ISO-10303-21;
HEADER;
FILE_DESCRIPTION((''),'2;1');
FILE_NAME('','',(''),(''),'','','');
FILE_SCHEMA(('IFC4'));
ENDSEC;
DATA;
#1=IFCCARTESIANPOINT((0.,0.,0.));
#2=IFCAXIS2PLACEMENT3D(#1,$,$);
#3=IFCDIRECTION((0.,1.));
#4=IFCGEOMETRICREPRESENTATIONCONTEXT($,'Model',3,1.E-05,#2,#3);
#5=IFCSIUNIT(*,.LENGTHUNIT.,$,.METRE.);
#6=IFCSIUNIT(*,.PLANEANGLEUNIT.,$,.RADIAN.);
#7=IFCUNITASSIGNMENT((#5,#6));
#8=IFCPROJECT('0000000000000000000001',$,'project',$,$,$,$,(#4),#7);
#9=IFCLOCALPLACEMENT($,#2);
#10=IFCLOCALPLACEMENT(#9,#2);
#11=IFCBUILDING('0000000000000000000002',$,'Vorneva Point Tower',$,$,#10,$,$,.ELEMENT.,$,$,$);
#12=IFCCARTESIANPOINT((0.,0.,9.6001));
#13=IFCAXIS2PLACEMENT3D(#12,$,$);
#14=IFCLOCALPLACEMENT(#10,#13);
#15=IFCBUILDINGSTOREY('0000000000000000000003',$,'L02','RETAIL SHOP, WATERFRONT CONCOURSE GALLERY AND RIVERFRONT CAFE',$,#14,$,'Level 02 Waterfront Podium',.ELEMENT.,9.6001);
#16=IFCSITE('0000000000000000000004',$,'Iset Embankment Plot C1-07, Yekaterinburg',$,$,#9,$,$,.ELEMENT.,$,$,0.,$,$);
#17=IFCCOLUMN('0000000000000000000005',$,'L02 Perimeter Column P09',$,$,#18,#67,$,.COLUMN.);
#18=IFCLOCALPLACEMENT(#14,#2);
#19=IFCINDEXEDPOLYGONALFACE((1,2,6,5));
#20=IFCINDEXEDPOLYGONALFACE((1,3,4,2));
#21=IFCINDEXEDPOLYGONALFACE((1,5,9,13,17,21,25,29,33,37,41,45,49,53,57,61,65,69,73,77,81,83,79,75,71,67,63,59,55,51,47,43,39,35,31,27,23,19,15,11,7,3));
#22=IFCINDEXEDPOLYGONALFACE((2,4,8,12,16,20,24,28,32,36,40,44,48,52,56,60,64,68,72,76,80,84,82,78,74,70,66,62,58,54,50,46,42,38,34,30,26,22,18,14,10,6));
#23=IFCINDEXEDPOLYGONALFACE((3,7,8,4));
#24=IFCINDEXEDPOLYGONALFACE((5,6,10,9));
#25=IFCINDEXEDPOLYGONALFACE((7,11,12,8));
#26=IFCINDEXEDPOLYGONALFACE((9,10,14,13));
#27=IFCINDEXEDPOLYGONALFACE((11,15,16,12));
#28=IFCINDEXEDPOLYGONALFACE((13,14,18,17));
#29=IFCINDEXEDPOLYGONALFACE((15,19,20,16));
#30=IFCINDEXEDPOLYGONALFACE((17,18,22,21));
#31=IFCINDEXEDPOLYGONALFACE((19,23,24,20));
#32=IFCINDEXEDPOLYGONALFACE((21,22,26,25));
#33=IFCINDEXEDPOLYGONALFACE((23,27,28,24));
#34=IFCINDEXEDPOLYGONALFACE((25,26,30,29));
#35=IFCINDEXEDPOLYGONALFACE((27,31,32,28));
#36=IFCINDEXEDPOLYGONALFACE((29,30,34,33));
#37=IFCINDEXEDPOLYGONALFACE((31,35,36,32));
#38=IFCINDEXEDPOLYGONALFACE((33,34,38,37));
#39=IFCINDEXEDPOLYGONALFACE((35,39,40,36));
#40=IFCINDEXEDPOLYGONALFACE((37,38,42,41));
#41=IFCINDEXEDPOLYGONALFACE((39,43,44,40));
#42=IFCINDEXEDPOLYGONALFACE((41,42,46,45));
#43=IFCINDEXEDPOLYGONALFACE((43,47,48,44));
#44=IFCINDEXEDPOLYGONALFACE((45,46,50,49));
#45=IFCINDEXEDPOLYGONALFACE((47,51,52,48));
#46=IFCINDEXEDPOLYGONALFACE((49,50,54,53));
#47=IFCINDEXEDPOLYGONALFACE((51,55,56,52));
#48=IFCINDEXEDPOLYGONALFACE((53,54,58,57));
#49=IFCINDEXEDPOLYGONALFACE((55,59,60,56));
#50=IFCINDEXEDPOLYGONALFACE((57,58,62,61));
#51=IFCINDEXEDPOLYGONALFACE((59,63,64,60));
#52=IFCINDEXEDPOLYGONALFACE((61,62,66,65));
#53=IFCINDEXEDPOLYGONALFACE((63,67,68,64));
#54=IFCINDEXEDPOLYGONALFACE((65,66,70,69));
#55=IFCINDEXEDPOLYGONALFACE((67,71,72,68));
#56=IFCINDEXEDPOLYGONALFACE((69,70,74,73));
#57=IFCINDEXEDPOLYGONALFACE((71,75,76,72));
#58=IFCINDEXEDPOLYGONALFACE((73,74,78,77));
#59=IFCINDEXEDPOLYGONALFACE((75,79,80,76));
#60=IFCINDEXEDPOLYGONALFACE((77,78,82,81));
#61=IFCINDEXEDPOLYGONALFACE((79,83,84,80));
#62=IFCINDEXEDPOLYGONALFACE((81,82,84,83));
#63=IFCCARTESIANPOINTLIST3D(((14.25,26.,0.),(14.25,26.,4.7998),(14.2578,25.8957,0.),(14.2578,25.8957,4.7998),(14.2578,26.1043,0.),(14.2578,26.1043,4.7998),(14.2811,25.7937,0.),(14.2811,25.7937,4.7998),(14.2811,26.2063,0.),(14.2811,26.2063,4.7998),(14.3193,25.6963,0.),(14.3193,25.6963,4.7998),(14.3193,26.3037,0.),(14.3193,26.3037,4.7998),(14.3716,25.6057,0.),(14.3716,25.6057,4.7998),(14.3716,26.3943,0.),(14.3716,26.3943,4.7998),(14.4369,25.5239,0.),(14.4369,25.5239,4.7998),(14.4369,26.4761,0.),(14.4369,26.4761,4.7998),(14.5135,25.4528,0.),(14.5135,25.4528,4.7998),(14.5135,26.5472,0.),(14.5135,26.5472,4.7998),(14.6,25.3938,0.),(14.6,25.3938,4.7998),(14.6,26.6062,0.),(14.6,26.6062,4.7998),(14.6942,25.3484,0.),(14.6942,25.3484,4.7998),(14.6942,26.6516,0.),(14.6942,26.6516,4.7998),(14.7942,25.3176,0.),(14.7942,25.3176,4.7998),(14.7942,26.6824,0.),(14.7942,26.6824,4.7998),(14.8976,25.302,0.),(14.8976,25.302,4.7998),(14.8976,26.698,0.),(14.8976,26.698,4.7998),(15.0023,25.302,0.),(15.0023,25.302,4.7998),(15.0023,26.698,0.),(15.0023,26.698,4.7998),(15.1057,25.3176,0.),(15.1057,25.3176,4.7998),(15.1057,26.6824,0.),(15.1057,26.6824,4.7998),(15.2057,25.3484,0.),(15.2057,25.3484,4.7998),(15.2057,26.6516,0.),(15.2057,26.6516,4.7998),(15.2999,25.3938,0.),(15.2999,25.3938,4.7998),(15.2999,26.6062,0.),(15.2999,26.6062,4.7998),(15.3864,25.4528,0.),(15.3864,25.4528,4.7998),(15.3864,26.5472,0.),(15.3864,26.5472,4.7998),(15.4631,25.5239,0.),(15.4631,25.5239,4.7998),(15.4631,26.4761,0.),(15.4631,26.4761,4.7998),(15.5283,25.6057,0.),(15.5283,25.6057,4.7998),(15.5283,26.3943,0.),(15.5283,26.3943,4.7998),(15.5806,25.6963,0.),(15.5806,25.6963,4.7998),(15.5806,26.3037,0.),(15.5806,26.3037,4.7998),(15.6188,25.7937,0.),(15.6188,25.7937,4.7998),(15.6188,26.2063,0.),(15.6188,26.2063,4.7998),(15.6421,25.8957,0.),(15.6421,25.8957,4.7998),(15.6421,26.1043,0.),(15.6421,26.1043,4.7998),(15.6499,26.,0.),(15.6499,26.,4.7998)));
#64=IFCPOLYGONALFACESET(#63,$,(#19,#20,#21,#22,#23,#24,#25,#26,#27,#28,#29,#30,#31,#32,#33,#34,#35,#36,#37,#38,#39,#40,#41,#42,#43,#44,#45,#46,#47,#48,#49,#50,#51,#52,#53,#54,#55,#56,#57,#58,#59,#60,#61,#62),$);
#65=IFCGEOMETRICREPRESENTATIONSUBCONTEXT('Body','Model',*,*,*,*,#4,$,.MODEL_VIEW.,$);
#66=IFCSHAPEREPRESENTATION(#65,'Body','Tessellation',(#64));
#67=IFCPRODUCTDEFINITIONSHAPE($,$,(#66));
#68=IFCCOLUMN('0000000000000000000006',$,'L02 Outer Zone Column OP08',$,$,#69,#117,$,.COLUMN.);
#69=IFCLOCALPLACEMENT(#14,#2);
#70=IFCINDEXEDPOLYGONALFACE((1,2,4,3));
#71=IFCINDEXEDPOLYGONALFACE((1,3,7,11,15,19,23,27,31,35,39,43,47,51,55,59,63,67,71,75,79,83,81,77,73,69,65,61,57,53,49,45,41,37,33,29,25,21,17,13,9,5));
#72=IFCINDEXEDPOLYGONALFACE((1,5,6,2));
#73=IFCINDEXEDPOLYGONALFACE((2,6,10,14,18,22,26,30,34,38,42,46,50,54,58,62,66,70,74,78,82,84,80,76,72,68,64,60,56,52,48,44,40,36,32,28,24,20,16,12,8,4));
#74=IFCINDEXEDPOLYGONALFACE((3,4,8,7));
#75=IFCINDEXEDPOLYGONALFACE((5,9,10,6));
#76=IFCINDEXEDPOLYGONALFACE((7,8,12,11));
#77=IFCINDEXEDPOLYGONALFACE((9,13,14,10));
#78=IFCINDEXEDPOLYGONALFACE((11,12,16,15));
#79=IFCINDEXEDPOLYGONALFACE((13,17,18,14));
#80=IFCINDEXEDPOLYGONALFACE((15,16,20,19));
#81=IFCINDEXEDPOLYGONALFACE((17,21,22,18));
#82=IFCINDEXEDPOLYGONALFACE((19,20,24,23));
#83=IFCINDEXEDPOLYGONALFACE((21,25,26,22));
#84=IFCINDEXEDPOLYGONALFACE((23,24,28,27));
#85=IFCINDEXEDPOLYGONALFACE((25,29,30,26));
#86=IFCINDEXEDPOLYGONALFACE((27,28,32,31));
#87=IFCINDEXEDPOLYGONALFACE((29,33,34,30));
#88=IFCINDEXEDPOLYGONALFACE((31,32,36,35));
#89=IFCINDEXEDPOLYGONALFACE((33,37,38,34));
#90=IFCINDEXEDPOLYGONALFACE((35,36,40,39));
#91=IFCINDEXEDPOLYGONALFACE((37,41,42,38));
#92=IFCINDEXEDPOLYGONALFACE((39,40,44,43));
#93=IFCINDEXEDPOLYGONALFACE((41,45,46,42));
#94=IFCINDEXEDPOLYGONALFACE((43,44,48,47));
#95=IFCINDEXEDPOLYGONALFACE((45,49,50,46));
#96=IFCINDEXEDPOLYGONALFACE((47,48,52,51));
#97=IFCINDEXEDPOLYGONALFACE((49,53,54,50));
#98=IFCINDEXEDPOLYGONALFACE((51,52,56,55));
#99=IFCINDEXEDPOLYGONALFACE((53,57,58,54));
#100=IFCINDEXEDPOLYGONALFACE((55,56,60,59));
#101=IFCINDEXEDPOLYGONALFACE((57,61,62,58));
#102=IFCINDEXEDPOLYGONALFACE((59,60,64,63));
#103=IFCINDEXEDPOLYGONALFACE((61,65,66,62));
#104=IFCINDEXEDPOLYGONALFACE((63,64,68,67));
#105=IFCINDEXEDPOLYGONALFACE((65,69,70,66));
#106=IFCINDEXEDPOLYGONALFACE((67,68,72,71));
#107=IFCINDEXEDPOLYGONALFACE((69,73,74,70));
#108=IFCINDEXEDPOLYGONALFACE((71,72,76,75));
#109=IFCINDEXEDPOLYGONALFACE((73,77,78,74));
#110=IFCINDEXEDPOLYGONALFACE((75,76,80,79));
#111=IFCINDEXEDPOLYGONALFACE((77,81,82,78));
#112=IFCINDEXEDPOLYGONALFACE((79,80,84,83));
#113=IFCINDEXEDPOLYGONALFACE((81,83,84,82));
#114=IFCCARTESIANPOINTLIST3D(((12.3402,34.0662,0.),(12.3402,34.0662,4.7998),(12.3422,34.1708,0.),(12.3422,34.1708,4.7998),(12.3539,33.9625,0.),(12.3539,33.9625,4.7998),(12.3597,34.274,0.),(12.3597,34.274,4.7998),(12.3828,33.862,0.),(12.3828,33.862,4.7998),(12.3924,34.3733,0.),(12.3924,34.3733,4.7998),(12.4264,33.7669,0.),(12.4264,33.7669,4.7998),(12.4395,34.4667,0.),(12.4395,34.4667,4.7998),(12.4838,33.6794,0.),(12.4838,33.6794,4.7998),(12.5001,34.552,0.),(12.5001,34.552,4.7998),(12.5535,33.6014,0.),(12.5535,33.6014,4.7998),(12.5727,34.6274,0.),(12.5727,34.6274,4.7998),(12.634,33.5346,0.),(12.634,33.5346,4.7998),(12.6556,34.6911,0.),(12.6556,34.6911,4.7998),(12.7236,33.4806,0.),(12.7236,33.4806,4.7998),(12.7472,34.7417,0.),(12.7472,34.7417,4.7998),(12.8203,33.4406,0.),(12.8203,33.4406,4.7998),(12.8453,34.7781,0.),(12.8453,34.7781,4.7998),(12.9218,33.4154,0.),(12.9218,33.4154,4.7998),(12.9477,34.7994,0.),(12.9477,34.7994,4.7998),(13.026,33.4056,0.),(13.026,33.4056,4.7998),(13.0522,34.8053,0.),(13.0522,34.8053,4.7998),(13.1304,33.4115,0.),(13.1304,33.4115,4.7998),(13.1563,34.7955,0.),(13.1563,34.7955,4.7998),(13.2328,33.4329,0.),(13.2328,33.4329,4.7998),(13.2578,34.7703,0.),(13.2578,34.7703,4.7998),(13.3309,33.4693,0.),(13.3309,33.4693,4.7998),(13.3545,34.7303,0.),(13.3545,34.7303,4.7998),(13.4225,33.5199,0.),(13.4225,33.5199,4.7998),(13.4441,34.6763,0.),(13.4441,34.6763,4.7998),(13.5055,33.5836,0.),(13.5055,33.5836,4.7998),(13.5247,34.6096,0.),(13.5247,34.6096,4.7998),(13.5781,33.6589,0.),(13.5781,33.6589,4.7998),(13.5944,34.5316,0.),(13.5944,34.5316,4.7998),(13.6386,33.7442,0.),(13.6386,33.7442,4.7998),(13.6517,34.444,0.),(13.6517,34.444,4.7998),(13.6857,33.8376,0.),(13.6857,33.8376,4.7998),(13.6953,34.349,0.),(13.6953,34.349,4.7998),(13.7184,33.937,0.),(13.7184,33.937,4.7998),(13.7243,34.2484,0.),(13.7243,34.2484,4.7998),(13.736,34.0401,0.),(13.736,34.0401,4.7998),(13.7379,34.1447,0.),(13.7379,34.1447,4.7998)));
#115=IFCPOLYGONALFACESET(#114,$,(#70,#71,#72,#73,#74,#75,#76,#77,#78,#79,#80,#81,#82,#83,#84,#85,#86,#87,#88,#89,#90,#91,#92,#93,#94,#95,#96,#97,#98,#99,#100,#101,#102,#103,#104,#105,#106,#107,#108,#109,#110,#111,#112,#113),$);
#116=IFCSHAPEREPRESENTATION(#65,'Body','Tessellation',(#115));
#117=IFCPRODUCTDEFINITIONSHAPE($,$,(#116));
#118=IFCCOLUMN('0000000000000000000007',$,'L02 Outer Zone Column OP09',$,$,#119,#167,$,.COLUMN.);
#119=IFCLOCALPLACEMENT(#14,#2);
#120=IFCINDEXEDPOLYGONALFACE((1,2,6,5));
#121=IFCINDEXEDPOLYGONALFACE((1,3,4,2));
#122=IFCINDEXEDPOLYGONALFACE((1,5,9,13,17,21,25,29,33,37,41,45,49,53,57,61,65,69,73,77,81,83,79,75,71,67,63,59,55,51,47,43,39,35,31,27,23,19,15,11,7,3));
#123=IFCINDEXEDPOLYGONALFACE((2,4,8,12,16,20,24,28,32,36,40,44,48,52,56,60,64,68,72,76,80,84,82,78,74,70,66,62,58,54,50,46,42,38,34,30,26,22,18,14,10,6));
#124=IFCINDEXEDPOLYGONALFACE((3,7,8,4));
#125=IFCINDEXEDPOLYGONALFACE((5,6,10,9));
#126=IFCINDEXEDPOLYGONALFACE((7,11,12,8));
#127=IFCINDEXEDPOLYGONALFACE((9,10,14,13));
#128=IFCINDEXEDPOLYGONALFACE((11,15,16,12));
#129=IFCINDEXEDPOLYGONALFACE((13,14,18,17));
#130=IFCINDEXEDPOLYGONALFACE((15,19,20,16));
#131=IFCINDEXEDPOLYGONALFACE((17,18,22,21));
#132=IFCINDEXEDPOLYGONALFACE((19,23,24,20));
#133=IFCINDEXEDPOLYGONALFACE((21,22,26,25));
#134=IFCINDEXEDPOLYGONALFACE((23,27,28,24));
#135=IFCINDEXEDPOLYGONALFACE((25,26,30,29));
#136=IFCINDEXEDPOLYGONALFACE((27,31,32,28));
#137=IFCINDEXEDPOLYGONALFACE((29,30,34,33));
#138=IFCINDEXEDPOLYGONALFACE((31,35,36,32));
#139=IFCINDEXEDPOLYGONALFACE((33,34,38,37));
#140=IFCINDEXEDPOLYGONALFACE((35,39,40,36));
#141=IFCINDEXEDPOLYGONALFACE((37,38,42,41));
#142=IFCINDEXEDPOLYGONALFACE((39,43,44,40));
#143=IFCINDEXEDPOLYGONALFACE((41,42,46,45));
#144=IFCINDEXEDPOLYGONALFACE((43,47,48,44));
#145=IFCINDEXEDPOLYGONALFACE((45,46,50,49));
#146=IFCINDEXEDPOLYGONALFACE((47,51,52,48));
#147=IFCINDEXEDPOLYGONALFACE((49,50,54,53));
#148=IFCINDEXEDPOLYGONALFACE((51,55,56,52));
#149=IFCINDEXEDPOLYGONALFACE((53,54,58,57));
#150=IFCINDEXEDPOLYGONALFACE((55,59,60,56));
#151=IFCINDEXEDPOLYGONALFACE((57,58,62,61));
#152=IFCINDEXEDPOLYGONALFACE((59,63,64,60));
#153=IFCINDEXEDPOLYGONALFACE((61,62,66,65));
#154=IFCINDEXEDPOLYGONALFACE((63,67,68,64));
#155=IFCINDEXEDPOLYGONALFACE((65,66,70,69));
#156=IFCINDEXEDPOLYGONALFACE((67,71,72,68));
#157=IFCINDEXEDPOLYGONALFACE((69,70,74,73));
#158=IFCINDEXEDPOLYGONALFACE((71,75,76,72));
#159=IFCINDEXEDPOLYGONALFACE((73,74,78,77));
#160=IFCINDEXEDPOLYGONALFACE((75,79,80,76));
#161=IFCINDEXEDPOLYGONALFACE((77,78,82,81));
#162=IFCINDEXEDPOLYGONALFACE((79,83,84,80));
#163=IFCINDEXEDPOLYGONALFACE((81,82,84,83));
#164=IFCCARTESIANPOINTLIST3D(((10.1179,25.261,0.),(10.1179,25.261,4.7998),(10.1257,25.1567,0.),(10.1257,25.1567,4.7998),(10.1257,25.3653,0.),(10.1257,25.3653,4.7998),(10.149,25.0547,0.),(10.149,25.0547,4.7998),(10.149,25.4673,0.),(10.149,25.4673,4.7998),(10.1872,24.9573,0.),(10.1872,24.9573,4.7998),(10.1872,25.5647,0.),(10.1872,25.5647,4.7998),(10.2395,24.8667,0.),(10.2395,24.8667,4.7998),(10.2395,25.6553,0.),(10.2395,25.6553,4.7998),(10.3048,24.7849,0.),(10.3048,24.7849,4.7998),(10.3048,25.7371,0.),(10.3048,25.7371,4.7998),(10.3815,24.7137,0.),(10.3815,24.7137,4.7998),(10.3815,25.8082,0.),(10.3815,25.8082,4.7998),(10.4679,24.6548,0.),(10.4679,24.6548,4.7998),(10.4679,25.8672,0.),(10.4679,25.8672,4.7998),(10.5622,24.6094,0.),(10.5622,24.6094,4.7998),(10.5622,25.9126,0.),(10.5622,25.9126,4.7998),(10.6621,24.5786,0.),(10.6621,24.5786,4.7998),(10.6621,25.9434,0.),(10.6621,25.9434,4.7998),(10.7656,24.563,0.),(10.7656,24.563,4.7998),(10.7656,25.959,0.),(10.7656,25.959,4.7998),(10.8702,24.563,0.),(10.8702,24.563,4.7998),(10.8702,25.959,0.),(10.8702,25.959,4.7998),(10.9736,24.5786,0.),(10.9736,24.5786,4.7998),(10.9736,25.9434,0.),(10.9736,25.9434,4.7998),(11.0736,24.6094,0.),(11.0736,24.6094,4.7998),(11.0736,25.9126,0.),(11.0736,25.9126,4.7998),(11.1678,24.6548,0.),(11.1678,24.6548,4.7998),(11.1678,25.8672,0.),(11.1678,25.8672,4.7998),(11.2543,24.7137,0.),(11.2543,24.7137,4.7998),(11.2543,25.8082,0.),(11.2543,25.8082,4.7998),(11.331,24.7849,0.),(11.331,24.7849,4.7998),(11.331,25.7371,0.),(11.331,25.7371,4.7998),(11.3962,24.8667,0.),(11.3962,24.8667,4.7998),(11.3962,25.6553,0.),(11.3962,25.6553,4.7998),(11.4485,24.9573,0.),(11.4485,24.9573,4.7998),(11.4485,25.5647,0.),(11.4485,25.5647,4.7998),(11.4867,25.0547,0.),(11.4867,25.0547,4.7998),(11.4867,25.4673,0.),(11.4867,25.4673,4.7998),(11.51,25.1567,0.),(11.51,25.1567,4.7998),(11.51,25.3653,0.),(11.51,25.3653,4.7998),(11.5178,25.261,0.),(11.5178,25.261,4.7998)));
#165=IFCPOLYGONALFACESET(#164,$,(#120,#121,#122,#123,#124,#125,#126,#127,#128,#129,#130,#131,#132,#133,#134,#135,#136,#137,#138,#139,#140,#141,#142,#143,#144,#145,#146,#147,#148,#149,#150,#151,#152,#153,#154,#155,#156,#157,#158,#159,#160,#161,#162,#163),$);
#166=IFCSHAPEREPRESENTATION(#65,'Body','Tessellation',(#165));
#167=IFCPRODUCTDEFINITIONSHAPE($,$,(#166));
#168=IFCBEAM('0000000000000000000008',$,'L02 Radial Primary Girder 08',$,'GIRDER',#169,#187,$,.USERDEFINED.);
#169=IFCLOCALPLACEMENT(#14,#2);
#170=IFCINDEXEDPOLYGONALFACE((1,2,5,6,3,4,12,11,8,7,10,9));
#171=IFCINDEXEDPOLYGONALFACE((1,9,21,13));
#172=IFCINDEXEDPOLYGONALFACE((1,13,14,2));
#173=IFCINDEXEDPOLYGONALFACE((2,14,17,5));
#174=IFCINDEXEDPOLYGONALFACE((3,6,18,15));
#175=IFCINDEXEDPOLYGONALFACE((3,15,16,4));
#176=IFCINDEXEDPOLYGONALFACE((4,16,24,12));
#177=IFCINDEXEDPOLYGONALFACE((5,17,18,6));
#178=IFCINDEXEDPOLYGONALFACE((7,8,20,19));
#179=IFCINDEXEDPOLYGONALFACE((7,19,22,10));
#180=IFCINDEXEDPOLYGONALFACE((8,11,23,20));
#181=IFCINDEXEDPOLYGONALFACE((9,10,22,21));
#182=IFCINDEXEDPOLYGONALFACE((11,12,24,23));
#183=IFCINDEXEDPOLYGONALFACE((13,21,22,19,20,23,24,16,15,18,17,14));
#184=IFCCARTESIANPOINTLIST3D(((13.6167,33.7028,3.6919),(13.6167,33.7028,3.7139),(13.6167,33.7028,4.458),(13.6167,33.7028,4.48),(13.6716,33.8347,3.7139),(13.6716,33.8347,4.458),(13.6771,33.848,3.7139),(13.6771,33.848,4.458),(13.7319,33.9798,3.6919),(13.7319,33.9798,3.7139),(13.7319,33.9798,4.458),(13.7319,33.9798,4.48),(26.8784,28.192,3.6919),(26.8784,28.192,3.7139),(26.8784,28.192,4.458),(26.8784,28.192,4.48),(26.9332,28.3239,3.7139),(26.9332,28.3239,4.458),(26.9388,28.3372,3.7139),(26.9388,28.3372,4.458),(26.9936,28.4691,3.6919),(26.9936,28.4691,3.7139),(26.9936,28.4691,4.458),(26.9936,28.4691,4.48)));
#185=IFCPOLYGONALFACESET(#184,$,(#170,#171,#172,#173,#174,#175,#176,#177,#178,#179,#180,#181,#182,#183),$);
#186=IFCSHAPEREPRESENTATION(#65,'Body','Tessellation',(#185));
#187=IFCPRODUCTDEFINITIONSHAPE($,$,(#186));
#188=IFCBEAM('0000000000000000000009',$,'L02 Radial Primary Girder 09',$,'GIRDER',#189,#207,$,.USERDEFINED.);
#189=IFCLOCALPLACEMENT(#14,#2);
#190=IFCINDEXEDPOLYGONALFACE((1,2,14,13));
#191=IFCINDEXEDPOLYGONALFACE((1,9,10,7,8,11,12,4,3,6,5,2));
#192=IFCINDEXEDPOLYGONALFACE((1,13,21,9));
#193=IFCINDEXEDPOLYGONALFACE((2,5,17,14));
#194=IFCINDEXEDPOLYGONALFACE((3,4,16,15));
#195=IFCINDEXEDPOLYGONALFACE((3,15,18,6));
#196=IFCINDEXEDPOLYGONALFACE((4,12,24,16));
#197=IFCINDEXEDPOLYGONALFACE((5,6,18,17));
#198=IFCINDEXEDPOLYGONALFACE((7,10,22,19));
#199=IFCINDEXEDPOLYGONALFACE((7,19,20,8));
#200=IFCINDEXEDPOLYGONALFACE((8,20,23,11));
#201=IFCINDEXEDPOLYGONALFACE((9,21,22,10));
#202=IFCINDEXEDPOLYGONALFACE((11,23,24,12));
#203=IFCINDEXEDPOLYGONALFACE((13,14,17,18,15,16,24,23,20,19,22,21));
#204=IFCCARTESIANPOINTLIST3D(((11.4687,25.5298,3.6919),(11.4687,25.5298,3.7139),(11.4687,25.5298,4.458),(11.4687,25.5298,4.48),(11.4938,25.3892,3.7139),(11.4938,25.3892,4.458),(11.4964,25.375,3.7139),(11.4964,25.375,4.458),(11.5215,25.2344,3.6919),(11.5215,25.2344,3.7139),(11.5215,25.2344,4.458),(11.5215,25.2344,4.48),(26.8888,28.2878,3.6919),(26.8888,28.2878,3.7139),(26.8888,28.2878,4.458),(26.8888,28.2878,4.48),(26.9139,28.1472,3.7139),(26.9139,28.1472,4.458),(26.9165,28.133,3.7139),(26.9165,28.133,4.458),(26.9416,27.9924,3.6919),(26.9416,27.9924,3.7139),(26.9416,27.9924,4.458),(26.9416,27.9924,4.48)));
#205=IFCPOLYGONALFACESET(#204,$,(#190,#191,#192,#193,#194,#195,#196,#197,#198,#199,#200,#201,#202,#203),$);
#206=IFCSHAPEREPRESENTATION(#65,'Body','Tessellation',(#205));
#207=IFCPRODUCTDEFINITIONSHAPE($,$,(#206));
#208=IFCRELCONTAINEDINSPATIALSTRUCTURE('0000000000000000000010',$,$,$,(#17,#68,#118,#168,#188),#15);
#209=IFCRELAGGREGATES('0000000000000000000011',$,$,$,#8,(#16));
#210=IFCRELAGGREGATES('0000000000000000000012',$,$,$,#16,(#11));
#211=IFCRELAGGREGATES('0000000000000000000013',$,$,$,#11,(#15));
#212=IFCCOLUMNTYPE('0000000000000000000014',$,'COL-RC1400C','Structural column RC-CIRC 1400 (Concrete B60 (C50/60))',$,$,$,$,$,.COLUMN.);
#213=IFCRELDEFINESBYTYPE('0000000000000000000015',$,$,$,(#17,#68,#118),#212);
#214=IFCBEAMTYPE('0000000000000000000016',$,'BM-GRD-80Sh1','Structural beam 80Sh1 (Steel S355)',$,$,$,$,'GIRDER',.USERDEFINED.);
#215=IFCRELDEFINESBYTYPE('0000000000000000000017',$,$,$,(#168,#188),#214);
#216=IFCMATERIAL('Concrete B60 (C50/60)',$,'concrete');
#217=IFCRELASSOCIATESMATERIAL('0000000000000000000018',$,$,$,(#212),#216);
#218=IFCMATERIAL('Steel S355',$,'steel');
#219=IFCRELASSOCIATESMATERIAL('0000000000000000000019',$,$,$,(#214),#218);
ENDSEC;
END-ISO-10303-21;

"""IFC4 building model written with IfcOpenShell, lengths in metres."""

from ifc_helpers import new_model, si_unit, direction, frame, origin, origin_2d, place, context, subcontext, project, spatial, circle, i_section, extrude, material, material_profile, profile_set, type_object, element, save


model = new_model("IFC4")

# Units and contexts
model_context = context("Model", 3, precision=1e-05, world=origin(), true_north=direction((0.0, 1.0)))
body_context = subcontext(model_context, "Body", "Model", "MODEL_VIEW")
ifc_project = project(units=[si_unit("LENGTHUNIT", "METRE"), si_unit("PLANEANGLEUNIT", "RADIAN")], contexts=[model_context])

# Site, building, storey
site_placement = place(None, origin())
site = spatial("IfcSite", under=ifc_project, at=site_placement, Name="Iset Embankment Plot C1-07, Yekaterinburg", CompositionType="ELEMENT", RefElevation=0.0)
building_placement = place(site_placement, origin())
building = spatial("IfcBuilding", under=site, at=building_placement, Name="Vorneva Point Tower", CompositionType="ELEMENT")
storey_placement = place(building_placement, frame((0.0, 0.0, 9.6001)))
storey = spatial("IfcBuildingStorey", under=building, at=storey_placement, Name="L02", Description="RETAIL SHOP, WATERFRONT CONCOURSE GALLERY AND RIVERFRONT CAFE", LongName="Level 02 Waterfront Podium", CompositionType="ELEMENT", Elevation=9.6001)

# Columns
ifc_material_1 = material(Name="Concrete B60 (C50/60)", Category="concrete")
ifc_material_profile_1 = material_profile(ifc_material_1, circle(Radius=0.7, at=origin_2d()), Name="RC-CIRC 1400")
ifc_profile_set_1 = profile_set([ifc_material_profile_1], Name="Concrete B60 (C50/60)")
column_type = type_object("IfcColumnType", Name="COL-RC1400C", Description="Structural column RC-CIRC 1400 (Concrete B60 (C50/60))", PredefinedType="COLUMN", material=ifc_profile_set_1)
for number, where, z_axis, x_axis, name in (
    (1, (14.95, 26.0, 0.0), (0.0, 0.0, 1.0), (-1.0, 0.0, 0.0), "L02 Perimeter Column P09"),
    (2, (13.0391, 34.1055, 0.0), (0.0, 0.0, 1.0), (-0.92388, 0.382683, 0.0), "L02 Outer Zone Column OP08"),
    (3, (10.8179, 25.261, 0.0), (0.0, 0.0, 1.0), (-1.0, 0.0, 0.0), "L02 Outer Zone Column OP09"),
):
    element("IfcColumn", number, at=place(storey_placement, frame(where, z_axis=z_axis, x_axis=x_axis)), inside=storey, type_object=column_type, Name=name, PredefinedType="COLUMN", context=body_context, shape_type="SweptSolid", body=[
        extrude(circle(Radius=0.7, at=origin_2d()), origin(), (0.0, 0.0, 1.0), 4.7998),
    ])

# Beams
ifc_material_2 = material(Name="Steel S355", Category="steel")
ifc_material_profile_2 = material_profile(ifc_material_2, i_section(OverallWidth=0.3, OverallDepth=0.7881, WebThickness=0.0144, FlangeThickness=0.022, at=origin_2d()), Name="80Sh1")
ifc_profile_set_2 = profile_set([ifc_material_profile_2], Name="Steel S355")
beam_type_1 = type_object("IfcBeamType", Name="BM-GRD-80Sh1", Description="Structural beam 80Sh1 (Steel S355)", ElementType="GIRDER", PredefinedType="USERDEFINED", material=ifc_profile_set_2)
beam_1_placement = place(storey_placement, frame((13.6743, 33.8413, 4.0859), z_axis=(0.923447, -0.383727, 0.0), x_axis=(0.383727, 0.923447, 0.0)))
element("IfcBeam", 4, at=beam_1_placement, inside=storey, type_object=beam_type_1, Name="L02 Radial Primary Girder 08", ObjectType="GIRDER", PredefinedType="USERDEFINED", context=body_context, shape_type="SweptSolid", body=[
    extrude(i_section(OverallWidth=0.3, OverallDepth=0.7881, WebThickness=0.0144, FlangeThickness=0.022, at=origin_2d()), origin(), (0.0, 0.0, 1.0), 14.3611),
])
beam_2_placement = place(storey_placement, frame((11.4951, 25.3821, 4.0859), z_axis=(0.984378, 0.176066, 0.0), x_axis=(-0.176066, 0.984378, 0.0)))
element("IfcBeam", 5, at=beam_2_placement, inside=storey, type_object=beam_type_1, Name="L02 Radial Primary Girder 09", ObjectType="GIRDER", PredefinedType="USERDEFINED", context=body_context, shape_type="SweptSolid", body=[
    extrude(i_section(OverallWidth=0.3, OverallDepth=0.7881, WebThickness=0.0144, FlangeThickness=0.022, at=origin_2d()), origin(), (0.0, 0.0, 1.0), 15.6648),
])

save(model, "model.ifc")
